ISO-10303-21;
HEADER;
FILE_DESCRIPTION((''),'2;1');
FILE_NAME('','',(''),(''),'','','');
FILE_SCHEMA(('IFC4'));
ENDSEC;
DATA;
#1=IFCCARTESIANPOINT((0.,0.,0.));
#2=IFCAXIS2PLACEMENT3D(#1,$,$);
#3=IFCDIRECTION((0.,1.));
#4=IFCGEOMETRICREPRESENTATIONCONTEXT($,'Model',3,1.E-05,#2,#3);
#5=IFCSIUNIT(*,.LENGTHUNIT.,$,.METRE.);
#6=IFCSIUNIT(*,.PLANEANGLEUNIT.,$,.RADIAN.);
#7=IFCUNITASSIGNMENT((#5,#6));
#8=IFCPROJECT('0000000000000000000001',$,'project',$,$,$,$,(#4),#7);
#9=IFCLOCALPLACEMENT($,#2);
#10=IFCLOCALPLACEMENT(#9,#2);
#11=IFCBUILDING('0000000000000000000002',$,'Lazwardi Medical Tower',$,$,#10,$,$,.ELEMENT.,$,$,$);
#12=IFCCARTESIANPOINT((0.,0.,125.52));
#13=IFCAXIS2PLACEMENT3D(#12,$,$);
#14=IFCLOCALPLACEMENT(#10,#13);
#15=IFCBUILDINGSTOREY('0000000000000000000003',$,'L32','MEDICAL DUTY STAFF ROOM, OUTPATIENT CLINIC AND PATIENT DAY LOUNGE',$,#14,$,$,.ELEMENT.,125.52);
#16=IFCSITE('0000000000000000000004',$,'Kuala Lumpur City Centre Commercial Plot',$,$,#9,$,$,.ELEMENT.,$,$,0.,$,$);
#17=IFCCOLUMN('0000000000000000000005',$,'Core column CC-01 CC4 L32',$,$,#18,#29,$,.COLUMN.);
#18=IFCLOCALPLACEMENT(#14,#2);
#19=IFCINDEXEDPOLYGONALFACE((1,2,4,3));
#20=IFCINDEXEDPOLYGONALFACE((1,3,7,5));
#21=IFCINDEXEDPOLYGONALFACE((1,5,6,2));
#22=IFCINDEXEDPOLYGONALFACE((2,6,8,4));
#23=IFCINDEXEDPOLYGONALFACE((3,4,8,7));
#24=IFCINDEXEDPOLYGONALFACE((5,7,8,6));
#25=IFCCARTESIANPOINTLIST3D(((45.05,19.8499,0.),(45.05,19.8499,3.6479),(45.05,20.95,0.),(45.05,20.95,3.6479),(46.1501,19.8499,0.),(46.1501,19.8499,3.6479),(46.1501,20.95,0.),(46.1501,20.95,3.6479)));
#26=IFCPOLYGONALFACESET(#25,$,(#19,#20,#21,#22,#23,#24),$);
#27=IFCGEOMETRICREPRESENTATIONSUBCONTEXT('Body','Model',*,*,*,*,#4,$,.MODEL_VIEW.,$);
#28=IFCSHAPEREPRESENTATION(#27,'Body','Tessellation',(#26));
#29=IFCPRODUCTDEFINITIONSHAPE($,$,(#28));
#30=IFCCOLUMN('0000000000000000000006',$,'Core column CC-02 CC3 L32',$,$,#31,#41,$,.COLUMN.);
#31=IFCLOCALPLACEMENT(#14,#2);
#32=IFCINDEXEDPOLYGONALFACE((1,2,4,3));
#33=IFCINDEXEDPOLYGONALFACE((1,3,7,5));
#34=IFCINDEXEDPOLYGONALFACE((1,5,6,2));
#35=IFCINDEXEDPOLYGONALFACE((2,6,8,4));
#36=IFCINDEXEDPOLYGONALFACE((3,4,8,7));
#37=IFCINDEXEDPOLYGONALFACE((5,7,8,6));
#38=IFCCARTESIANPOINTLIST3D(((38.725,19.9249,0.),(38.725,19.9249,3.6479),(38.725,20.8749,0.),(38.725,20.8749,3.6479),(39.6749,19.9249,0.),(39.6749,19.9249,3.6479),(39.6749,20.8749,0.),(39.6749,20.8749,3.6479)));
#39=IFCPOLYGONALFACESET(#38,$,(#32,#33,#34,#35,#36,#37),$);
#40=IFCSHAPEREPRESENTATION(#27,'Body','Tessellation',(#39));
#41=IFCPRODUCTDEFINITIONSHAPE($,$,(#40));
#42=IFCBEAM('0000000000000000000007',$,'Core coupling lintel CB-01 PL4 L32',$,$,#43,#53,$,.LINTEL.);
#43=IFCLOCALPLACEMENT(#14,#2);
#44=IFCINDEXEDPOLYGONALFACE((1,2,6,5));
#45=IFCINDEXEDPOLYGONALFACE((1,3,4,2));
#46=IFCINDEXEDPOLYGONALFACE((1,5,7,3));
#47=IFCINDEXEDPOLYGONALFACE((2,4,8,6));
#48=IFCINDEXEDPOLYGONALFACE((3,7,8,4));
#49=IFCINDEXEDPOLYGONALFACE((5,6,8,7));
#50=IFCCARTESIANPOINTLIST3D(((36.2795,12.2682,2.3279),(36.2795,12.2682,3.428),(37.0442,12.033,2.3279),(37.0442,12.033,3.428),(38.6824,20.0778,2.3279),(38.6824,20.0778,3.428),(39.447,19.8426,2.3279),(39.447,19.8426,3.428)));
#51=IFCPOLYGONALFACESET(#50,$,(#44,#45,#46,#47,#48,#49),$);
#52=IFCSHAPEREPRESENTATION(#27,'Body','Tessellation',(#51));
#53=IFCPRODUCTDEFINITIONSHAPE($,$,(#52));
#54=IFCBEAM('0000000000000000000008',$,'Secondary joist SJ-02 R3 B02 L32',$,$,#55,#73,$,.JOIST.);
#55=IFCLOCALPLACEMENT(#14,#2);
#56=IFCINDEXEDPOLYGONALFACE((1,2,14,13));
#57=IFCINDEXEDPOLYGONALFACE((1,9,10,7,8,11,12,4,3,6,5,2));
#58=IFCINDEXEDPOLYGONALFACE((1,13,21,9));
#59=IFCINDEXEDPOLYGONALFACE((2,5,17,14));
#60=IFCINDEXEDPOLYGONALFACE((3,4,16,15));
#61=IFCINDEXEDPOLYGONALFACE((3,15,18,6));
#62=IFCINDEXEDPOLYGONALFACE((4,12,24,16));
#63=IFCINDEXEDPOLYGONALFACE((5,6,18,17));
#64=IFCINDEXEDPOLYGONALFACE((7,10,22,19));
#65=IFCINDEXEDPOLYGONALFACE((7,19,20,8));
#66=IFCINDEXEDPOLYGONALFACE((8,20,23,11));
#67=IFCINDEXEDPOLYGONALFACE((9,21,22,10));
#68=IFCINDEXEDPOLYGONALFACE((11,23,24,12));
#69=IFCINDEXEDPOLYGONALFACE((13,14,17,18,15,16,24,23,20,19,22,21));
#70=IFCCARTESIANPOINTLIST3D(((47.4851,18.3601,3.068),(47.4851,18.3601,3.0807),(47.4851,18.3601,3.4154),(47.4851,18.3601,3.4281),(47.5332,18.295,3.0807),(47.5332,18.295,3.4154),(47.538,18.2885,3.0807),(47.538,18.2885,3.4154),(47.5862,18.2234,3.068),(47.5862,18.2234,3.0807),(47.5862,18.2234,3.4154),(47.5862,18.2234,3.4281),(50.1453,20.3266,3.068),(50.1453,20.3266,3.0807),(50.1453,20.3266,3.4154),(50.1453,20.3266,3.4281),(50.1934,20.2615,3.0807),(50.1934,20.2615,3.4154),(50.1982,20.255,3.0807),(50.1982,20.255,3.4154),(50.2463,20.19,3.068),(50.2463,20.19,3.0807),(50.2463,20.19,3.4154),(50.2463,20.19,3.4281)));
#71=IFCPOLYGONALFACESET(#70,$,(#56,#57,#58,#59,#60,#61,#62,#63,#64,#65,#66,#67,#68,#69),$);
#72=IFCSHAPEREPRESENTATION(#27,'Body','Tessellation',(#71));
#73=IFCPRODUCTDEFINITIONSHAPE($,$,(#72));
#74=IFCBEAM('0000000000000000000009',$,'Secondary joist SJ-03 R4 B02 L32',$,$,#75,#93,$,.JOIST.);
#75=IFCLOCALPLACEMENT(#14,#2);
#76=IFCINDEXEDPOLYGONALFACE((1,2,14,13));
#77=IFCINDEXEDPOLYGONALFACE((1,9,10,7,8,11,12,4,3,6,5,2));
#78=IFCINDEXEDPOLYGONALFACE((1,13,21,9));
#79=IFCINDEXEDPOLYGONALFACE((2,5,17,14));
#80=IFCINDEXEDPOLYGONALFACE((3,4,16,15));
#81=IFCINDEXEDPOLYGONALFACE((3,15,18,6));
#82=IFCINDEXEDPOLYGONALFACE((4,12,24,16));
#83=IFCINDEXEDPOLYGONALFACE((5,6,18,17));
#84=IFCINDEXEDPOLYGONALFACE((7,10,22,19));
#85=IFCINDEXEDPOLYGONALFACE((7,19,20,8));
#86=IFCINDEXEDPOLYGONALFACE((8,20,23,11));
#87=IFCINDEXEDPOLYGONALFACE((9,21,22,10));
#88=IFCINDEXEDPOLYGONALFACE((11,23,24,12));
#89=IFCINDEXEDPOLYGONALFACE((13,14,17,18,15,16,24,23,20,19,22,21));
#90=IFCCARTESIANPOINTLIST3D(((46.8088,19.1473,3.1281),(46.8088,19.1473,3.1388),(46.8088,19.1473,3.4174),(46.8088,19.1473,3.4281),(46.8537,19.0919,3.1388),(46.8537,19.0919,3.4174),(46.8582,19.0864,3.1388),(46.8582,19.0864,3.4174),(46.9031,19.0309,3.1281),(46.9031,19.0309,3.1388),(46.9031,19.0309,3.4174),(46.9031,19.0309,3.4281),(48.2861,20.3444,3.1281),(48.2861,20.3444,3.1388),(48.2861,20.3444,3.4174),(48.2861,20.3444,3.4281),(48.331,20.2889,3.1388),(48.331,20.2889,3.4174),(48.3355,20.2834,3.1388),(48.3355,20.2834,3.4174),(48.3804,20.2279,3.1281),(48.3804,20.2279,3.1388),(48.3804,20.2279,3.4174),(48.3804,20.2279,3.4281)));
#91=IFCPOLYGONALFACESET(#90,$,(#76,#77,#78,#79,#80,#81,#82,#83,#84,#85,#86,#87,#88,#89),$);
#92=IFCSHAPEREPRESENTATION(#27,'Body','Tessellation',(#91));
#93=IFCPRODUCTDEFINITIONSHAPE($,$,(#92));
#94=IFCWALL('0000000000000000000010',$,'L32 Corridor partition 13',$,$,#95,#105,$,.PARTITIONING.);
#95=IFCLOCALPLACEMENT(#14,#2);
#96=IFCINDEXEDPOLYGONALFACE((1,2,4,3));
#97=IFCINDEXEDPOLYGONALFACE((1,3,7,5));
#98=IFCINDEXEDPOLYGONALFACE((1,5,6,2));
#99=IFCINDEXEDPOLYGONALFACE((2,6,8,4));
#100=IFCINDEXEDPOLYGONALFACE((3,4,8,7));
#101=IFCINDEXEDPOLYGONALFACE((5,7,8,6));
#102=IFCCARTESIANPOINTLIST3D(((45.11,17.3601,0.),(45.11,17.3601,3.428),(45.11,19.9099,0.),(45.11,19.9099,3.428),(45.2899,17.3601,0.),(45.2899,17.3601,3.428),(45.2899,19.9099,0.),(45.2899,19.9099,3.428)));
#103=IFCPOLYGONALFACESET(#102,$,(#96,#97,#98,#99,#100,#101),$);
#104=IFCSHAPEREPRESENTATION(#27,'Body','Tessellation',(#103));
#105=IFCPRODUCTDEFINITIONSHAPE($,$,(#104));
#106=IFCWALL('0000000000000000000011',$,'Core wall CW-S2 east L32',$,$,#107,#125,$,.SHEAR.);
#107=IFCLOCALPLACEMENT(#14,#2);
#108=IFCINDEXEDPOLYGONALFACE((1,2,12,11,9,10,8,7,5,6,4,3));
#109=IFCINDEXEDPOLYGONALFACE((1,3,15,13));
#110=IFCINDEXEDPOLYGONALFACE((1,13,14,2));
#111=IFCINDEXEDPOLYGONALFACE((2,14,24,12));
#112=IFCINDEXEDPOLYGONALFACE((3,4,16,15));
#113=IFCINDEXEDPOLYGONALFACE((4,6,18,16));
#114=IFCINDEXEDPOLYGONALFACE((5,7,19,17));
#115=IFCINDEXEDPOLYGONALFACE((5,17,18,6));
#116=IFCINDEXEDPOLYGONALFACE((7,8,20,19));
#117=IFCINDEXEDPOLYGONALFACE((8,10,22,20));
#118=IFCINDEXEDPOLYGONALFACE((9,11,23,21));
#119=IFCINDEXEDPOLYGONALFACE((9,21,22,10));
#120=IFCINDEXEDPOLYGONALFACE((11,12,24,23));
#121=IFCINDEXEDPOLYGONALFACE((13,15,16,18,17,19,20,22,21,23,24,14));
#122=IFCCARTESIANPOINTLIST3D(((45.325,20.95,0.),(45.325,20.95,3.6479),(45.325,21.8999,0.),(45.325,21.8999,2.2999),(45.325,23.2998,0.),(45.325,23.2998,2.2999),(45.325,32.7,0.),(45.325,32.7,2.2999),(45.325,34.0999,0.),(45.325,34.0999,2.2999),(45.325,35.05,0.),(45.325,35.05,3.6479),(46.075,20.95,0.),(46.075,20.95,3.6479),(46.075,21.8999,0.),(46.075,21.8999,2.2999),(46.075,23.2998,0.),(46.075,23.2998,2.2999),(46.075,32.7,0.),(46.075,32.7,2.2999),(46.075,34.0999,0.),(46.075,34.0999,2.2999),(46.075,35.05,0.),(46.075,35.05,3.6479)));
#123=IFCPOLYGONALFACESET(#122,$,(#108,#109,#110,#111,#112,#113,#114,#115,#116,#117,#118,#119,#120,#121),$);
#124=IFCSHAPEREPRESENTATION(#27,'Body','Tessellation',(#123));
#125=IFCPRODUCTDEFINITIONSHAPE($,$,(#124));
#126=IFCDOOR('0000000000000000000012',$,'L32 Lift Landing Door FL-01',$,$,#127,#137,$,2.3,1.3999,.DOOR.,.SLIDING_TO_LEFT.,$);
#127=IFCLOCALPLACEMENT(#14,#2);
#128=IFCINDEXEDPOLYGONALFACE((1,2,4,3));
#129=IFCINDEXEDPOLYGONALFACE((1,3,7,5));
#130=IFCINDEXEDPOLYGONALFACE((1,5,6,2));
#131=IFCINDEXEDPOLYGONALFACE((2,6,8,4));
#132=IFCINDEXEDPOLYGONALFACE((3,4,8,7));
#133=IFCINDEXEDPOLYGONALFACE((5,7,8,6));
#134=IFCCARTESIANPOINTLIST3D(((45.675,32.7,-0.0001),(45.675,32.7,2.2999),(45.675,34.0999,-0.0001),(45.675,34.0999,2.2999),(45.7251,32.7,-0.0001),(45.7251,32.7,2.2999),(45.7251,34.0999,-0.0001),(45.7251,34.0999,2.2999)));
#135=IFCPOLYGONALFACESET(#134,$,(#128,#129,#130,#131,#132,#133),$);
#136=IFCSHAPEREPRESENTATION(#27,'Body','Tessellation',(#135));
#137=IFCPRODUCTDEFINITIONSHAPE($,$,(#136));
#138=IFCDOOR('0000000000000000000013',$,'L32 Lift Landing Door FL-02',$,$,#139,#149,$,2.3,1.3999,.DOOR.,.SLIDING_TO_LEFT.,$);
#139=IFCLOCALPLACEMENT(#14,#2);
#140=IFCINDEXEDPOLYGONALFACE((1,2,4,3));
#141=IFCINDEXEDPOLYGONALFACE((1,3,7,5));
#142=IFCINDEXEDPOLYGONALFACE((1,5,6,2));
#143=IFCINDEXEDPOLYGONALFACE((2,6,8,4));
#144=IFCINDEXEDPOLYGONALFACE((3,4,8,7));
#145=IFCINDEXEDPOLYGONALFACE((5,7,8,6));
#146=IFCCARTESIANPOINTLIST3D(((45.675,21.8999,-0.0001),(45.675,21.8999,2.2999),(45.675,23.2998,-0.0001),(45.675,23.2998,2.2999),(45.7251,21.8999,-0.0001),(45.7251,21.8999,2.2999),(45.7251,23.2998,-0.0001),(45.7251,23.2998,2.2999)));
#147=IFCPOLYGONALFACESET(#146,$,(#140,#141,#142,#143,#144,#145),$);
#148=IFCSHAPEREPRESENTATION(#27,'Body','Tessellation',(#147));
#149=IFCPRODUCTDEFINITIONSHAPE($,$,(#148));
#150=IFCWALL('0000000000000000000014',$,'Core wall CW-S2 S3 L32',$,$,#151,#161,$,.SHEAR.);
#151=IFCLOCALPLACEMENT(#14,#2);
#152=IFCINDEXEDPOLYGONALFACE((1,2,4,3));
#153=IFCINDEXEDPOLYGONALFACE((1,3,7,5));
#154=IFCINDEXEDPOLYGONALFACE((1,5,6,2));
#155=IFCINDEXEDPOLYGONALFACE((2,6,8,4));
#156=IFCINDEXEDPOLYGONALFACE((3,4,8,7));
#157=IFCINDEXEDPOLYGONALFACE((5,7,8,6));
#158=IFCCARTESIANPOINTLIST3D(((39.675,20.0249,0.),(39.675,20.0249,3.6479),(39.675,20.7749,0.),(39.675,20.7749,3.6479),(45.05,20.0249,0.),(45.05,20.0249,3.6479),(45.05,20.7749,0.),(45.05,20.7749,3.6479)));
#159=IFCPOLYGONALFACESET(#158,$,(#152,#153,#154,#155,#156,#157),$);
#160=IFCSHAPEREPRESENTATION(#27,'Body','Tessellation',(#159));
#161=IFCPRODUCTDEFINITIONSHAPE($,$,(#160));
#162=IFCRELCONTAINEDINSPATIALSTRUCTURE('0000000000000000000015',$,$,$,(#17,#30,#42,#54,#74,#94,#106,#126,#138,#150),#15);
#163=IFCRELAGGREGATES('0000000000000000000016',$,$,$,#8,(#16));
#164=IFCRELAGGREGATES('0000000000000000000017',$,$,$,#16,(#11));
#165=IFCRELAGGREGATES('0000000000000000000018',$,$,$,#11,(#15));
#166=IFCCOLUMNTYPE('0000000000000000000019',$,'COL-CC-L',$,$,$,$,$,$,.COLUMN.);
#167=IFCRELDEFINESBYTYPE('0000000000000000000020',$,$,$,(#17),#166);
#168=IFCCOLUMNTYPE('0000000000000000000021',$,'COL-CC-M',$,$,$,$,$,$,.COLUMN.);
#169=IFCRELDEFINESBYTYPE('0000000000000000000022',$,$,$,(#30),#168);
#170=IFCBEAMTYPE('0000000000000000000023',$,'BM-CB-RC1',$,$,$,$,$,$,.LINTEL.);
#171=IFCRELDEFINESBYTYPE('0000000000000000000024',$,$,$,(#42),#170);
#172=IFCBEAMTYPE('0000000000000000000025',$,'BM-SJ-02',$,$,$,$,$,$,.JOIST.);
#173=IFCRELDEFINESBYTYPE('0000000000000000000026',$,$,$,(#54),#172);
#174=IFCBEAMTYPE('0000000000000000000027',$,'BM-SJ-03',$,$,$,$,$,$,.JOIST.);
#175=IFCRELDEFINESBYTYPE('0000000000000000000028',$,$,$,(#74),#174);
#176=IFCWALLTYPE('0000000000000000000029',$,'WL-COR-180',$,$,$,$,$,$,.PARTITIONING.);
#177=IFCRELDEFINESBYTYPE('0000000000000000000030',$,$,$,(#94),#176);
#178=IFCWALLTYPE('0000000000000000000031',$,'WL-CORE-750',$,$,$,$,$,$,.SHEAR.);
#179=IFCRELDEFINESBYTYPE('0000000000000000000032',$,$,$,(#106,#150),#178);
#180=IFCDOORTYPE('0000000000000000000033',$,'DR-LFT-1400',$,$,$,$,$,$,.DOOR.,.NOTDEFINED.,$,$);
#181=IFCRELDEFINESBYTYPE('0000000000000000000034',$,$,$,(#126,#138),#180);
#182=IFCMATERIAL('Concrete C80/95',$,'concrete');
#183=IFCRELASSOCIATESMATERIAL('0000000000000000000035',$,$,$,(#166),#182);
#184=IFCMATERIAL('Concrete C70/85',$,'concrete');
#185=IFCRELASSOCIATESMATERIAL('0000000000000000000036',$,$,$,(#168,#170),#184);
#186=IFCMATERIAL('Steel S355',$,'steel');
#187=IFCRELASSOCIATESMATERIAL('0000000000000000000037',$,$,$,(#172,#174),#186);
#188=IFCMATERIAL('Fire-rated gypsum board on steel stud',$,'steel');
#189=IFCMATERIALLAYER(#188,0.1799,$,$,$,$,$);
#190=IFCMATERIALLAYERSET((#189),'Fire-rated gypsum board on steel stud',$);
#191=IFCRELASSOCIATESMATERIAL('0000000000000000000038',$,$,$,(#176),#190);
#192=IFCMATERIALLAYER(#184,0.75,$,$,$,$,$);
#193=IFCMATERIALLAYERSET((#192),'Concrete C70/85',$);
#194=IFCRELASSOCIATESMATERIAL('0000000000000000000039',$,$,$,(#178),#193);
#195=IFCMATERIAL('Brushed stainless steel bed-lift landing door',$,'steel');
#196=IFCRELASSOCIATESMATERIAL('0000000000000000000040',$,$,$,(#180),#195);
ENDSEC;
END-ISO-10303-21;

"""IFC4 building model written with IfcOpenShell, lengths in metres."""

from ifc_helpers import new_model, si_unit, direction, frame, frame_2d, origin, origin_2d, place, context, subcontext, project, spatial, rectangle, i_section, extrude, material, layer, layer_set, material_profile, profile_set, type_object, element, fill, save


model = new_model("IFC4")

# Units and contexts
model_context = context("Model", 3, precision=1e-05, world=origin(), true_north=direction((0.0, 1.0)))
body_context = subcontext(model_context, "Body", "Model", "MODEL_VIEW")
ifc_project = project(units=[si_unit("LENGTHUNIT", "METRE"), si_unit("PLANEANGLEUNIT", "RADIAN")], contexts=[model_context])

# Site, building, storey
site_placement = place(None, origin())
site = spatial("IfcSite", under=ifc_project, at=site_placement, Name="Kuala Lumpur City Centre Commercial Plot", CompositionType="ELEMENT", RefElevation=0.0)
building_placement = place(site_placement, origin())
building = spatial("IfcBuilding", under=site, at=building_placement, Name="Lazwardi Medical Tower", CompositionType="ELEMENT")
storey_placement = place(building_placement, frame((0.0, 0.0, 125.52)))
storey = spatial("IfcBuildingStorey", under=building, at=storey_placement, Name="L32", Description="MEDICAL DUTY STAFF ROOM, OUTPATIENT CLINIC AND PATIENT DAY LOUNGE", CompositionType="ELEMENT", Elevation=125.52)

# Columns
ifc_material_1 = material(Name="Concrete C80/95", Category="concrete")
ifc_material_profile_1 = material_profile(ifc_material_1, rectangle(XDim=1.1001, YDim=1.1001, at=origin_2d()), Name="RC 1100x1100")
ifc_profile_set_1 = profile_set([ifc_material_profile_1], Name="Concrete C80/95")
column_type_1 = type_object("IfcColumnType", Name="COL-CC-L", PredefinedType="COLUMN", material=ifc_profile_set_1)
column_1_placement = place(storey_placement, frame((45.6001, 20.3999, 0.0), z_axis=(0.0, 0.0, 1.0), x_axis=(1.0, 0.0, 0.0)))
element("IfcColumn", 1, at=column_1_placement, inside=storey, type_object=column_type_1, Name="Core column CC-01 CC4 L32", PredefinedType="COLUMN", context=body_context, shape_type="SweptSolid", body=[
    extrude(rectangle(XDim=1.1001, YDim=1.1001, at=origin_2d()), origin(), (0.0, 0.0, 1.0), 3.6479),
])
ifc_material_2 = material(Name="Concrete C70/85", Category="concrete")
ifc_material_profile_2 = material_profile(ifc_material_2, rectangle(XDim=0.95, YDim=0.95, at=origin_2d()), Name="RC 950x950")
ifc_profile_set_2 = profile_set([ifc_material_profile_2], Name="Concrete C70/85")
column_type_2 = type_object("IfcColumnType", Name="COL-CC-M", PredefinedType="COLUMN", material=ifc_profile_set_2)
column_2_placement = place(storey_placement, frame((39.2, 20.3999, 0.0), z_axis=(0.0, 0.0, 1.0), x_axis=(1.0, 0.0, 0.0)))
element("IfcColumn", 2, at=column_2_placement, inside=storey, type_object=column_type_2, Name="Core column CC-02 CC3 L32", PredefinedType="COLUMN", context=body_context, shape_type="SweptSolid", body=[
    extrude(rectangle(XDim=0.95, YDim=0.95, at=origin_2d()), origin(), (0.0, 0.0, 1.0), 3.6479),
])

# Beams
ifc_material_profile_3 = material_profile(ifc_material_2, rectangle(XDim=0.8, YDim=1.1001, at=origin_2d()), Name="RC 800x1100")
ifc_profile_set_3 = profile_set([ifc_material_profile_3], Name="Concrete C70/85")
beam_type_1 = type_object("IfcBeamType", Name="BM-CB-RC1", PredefinedType="LINTEL", material=ifc_profile_set_3)
beam_1_placement = place(storey_placement, frame((39.0647, 19.9602, 2.8779), z_axis=(-0.294073, -0.955783, 0.0), x_axis=(0.955783, -0.294073, 0.0)))
element("IfcBeam", 3, at=beam_1_placement, inside=storey, type_object=beam_type_1, Name="Core coupling lintel CB-01 PL4 L32", PredefinedType="LINTEL", context=body_context, shape_type="SweptSolid", body=[
    extrude(rectangle(XDim=0.8, YDim=1.1001, at=origin_2d()), origin(), (0.0, 0.0, 1.0), 8.1709),
])
ifc_material_3 = material(Name="Steel S355", Category="steel")
ifc_material_profile_4 = material_profile(ifc_material_3, i_section(OverallWidth=0.1699, OverallDepth=0.3601, WebThickness=0.0081, FlangeThickness=0.0127, at=origin_2d()), Name="IPE 360")
ifc_profile_set_4 = profile_set([ifc_material_profile_4], Name="Steel S355")
beam_type_2 = type_object("IfcBeamType", Name="BM-SJ-02", PredefinedType="JOIST", material=ifc_profile_set_4)
beam_2_placement = place(storey_placement, frame((47.5356, 18.2917, 3.248), z_axis=(0.804126, 0.59446, 0.0), x_axis=(-0.59446, 0.804126, 0.0)))
element("IfcBeam", 4, at=beam_2_placement, inside=storey, type_object=beam_type_2, Name="Secondary joist SJ-02 R3 B02 L32", PredefinedType="JOIST", context=body_context, shape_type="SweptSolid", body=[
    extrude(i_section(OverallWidth=0.1699, OverallDepth=0.3601, WebThickness=0.0081, FlangeThickness=0.0127, at=origin_2d()), origin(), (0.0, 0.0, 1.0), 3.3081),
])
ifc_material_profile_5 = material_profile(ifc_material_3, i_section(OverallWidth=0.1499, OverallDepth=0.3, WebThickness=0.0071, FlangeThickness=0.0107, at=origin_2d()), Name="IPE 300")
ifc_profile_set_5 = profile_set([ifc_material_profile_5], Name="Steel S355")
beam_type_3 = type_object("IfcBeamType", Name="BM-SJ-03", PredefinedType="JOIST", material=ifc_profile_set_5)
beam_3_placement = place(storey_placement, frame((46.856, 19.0891, 3.2781), z_axis=(0.776958, 0.629553, 0.0), x_axis=(-0.629553, 0.776958, 0.0)))
element("IfcBeam", 5, at=beam_3_placement, inside=storey, type_object=beam_type_3, Name="Secondary joist SJ-03 R4 B02 L32", PredefinedType="JOIST", context=body_context, shape_type="SweptSolid", body=[
    extrude(i_section(OverallWidth=0.1499, OverallDepth=0.3, WebThickness=0.0071, FlangeThickness=0.0107, at=origin_2d()), origin(), (0.0, 0.0, 1.0), 1.9014),
])

# Wall
ifc_material_4 = material(Name="Fire-rated gypsum board on steel stud", Category="steel")
ifc_layer_1 = layer(ifc_material_4, 0.1799)
ifc_layer_set_1 = layer_set([ifc_layer_1], Name="Fire-rated gypsum board on steel stud")
wall_type_1 = type_object("IfcWallType", Name="WL-COR-180", PredefinedType="PARTITIONING", material=ifc_layer_set_1)
wall_1_placement = place(storey_placement, frame((45.2, 19.9099, 0.0), z_axis=(0.0, 0.0, 1.0), x_axis=(0.0, -1.0, 0.0)))
element("IfcWall", 6, at=wall_1_placement, inside=storey, type_object=wall_type_1, Name="L32 Corridor partition 13", PredefinedType="PARTITIONING", context=body_context, shape_type="SweptSolid", body=[
    extrude(rectangle(XDim=2.5498, YDim=0.1799, at=frame_2d((1.2749, 0.0))), origin(), (0.0, 0.0, 1.0), 3.428),
])

# Wall, openings, doors
ifc_layer_2 = layer(ifc_material_2, 0.75)
ifc_layer_set_2 = layer_set([ifc_layer_2], Name="Concrete C70/85")
wall_type_2 = type_object("IfcWallType", Name="WL-CORE-750", PredefinedType="SHEAR", material=ifc_layer_set_2)
wall_2_placement = place(storey_placement, frame((45.7, 20.95, 0.0), z_axis=(0.0, 0.0, 1.0), x_axis=(0.0, 1.0, 0.0)))
wall_2 = element("IfcWall", 7, at=wall_2_placement, inside=storey, type_object=wall_type_2, Name="Core wall CW-S2 east L32", PredefinedType="SHEAR", context=body_context, shape_type="SweptSolid", body=[
    extrude(rectangle(XDim=14.1001, YDim=0.75, at=frame_2d((7.05, 0.0))), origin(), (0.0, 0.0, 1.0), 3.6479),
])
opening_1_placement = place(wall_2_placement, frame((11.75, 0.0, 0.0)))
opening_1 = element("IfcOpeningElement", 8, at=opening_1_placement, cuts=wall_2, PredefinedType="OPENING", context=body_context, shape_type="SweptSolid", body=[
    extrude(rectangle(XDim=1.3999, YDim=2.3, at=frame_2d((0.7, 1.1499))), frame((0.0, 0.385, 0.0), z_axis=(0.0, -1.0, 0.0), x_axis=(1.0, 0.0, 0.0)), (0.0, 0.0, 1.0), 0.77),
])
opening_2_placement = place(wall_2_placement, frame((0.95, 0.0, 0.0)))
opening_2 = element("IfcOpeningElement", 9, at=opening_2_placement, cuts=wall_2, PredefinedType="OPENING", context=body_context, shape_type="SweptSolid", body=[
    extrude(rectangle(XDim=1.3999, YDim=2.3, at=frame_2d((0.7, 1.1499))), frame((0.0, 0.385, 0.0), z_axis=(0.0, -1.0, 0.0), x_axis=(1.0, 0.0, 0.0)), (0.0, 0.0, 1.0), 0.77),
])
ifc_material_5 = material(Name="Brushed stainless steel bed-lift landing door", Category="steel")
door_type = type_object("IfcDoorType", Name="DR-LFT-1400", OperationType="NOTDEFINED", PredefinedType="DOOR", material=ifc_material_5)
door_1_placement = place(opening_1_placement, origin())
door_1 = element("IfcDoor", 10, at=door_1_placement, inside=storey, type_object=door_type, Name="L32 Lift Landing Door FL-01", OperationType="SLIDING_TO_LEFT", OverallHeight=2.3, OverallWidth=1.3999, PredefinedType="DOOR", context=body_context, shape_type="SweptSolid", body=[
    extrude(rectangle(XDim=1.3999, YDim=2.3, at=frame_2d((0.7, 1.1499))), frame((0.0, 0.0249, 0.0), z_axis=(0.0, -1.0, 0.0), x_axis=(1.0, 0.0, 0.0)), (0.0, 0.0, 1.0), 0.05),
])
fill(opening_1, door_1)
door_2_placement = place(opening_2_placement, origin())
door_2 = element("IfcDoor", 11, at=door_2_placement, inside=storey, type_object=door_type, Name="L32 Lift Landing Door FL-02", OperationType="SLIDING_TO_LEFT", OverallHeight=2.3, OverallWidth=1.3999, PredefinedType="DOOR", context=body_context, shape_type="SweptSolid", body=[
    extrude(rectangle(XDim=1.3999, YDim=2.3, at=frame_2d((0.7, 1.1499))), frame((0.0, 0.0249, 0.0), z_axis=(0.0, -1.0, 0.0), x_axis=(1.0, 0.0, 0.0)), (0.0, 0.0, 1.0), 0.05),
])
fill(opening_2, door_2)

# Wall
wall_3_placement = place(storey_placement, frame((39.675, 20.3999, 0.0), z_axis=(0.0, 0.0, 1.0), x_axis=(1.0, 0.0, 0.0)))
element("IfcWall", 12, at=wall_3_placement, inside=storey, type_object=wall_type_2, Name="Core wall CW-S2 S3 L32", PredefinedType="SHEAR", context=body_context, shape_type="SweptSolid", body=[
    extrude(rectangle(XDim=5.375, YDim=0.75, at=frame_2d((2.6875, 0.0))), origin(), (0.0, 0.0, 1.0), 3.6479),
])

save(model, "model.ifc")
